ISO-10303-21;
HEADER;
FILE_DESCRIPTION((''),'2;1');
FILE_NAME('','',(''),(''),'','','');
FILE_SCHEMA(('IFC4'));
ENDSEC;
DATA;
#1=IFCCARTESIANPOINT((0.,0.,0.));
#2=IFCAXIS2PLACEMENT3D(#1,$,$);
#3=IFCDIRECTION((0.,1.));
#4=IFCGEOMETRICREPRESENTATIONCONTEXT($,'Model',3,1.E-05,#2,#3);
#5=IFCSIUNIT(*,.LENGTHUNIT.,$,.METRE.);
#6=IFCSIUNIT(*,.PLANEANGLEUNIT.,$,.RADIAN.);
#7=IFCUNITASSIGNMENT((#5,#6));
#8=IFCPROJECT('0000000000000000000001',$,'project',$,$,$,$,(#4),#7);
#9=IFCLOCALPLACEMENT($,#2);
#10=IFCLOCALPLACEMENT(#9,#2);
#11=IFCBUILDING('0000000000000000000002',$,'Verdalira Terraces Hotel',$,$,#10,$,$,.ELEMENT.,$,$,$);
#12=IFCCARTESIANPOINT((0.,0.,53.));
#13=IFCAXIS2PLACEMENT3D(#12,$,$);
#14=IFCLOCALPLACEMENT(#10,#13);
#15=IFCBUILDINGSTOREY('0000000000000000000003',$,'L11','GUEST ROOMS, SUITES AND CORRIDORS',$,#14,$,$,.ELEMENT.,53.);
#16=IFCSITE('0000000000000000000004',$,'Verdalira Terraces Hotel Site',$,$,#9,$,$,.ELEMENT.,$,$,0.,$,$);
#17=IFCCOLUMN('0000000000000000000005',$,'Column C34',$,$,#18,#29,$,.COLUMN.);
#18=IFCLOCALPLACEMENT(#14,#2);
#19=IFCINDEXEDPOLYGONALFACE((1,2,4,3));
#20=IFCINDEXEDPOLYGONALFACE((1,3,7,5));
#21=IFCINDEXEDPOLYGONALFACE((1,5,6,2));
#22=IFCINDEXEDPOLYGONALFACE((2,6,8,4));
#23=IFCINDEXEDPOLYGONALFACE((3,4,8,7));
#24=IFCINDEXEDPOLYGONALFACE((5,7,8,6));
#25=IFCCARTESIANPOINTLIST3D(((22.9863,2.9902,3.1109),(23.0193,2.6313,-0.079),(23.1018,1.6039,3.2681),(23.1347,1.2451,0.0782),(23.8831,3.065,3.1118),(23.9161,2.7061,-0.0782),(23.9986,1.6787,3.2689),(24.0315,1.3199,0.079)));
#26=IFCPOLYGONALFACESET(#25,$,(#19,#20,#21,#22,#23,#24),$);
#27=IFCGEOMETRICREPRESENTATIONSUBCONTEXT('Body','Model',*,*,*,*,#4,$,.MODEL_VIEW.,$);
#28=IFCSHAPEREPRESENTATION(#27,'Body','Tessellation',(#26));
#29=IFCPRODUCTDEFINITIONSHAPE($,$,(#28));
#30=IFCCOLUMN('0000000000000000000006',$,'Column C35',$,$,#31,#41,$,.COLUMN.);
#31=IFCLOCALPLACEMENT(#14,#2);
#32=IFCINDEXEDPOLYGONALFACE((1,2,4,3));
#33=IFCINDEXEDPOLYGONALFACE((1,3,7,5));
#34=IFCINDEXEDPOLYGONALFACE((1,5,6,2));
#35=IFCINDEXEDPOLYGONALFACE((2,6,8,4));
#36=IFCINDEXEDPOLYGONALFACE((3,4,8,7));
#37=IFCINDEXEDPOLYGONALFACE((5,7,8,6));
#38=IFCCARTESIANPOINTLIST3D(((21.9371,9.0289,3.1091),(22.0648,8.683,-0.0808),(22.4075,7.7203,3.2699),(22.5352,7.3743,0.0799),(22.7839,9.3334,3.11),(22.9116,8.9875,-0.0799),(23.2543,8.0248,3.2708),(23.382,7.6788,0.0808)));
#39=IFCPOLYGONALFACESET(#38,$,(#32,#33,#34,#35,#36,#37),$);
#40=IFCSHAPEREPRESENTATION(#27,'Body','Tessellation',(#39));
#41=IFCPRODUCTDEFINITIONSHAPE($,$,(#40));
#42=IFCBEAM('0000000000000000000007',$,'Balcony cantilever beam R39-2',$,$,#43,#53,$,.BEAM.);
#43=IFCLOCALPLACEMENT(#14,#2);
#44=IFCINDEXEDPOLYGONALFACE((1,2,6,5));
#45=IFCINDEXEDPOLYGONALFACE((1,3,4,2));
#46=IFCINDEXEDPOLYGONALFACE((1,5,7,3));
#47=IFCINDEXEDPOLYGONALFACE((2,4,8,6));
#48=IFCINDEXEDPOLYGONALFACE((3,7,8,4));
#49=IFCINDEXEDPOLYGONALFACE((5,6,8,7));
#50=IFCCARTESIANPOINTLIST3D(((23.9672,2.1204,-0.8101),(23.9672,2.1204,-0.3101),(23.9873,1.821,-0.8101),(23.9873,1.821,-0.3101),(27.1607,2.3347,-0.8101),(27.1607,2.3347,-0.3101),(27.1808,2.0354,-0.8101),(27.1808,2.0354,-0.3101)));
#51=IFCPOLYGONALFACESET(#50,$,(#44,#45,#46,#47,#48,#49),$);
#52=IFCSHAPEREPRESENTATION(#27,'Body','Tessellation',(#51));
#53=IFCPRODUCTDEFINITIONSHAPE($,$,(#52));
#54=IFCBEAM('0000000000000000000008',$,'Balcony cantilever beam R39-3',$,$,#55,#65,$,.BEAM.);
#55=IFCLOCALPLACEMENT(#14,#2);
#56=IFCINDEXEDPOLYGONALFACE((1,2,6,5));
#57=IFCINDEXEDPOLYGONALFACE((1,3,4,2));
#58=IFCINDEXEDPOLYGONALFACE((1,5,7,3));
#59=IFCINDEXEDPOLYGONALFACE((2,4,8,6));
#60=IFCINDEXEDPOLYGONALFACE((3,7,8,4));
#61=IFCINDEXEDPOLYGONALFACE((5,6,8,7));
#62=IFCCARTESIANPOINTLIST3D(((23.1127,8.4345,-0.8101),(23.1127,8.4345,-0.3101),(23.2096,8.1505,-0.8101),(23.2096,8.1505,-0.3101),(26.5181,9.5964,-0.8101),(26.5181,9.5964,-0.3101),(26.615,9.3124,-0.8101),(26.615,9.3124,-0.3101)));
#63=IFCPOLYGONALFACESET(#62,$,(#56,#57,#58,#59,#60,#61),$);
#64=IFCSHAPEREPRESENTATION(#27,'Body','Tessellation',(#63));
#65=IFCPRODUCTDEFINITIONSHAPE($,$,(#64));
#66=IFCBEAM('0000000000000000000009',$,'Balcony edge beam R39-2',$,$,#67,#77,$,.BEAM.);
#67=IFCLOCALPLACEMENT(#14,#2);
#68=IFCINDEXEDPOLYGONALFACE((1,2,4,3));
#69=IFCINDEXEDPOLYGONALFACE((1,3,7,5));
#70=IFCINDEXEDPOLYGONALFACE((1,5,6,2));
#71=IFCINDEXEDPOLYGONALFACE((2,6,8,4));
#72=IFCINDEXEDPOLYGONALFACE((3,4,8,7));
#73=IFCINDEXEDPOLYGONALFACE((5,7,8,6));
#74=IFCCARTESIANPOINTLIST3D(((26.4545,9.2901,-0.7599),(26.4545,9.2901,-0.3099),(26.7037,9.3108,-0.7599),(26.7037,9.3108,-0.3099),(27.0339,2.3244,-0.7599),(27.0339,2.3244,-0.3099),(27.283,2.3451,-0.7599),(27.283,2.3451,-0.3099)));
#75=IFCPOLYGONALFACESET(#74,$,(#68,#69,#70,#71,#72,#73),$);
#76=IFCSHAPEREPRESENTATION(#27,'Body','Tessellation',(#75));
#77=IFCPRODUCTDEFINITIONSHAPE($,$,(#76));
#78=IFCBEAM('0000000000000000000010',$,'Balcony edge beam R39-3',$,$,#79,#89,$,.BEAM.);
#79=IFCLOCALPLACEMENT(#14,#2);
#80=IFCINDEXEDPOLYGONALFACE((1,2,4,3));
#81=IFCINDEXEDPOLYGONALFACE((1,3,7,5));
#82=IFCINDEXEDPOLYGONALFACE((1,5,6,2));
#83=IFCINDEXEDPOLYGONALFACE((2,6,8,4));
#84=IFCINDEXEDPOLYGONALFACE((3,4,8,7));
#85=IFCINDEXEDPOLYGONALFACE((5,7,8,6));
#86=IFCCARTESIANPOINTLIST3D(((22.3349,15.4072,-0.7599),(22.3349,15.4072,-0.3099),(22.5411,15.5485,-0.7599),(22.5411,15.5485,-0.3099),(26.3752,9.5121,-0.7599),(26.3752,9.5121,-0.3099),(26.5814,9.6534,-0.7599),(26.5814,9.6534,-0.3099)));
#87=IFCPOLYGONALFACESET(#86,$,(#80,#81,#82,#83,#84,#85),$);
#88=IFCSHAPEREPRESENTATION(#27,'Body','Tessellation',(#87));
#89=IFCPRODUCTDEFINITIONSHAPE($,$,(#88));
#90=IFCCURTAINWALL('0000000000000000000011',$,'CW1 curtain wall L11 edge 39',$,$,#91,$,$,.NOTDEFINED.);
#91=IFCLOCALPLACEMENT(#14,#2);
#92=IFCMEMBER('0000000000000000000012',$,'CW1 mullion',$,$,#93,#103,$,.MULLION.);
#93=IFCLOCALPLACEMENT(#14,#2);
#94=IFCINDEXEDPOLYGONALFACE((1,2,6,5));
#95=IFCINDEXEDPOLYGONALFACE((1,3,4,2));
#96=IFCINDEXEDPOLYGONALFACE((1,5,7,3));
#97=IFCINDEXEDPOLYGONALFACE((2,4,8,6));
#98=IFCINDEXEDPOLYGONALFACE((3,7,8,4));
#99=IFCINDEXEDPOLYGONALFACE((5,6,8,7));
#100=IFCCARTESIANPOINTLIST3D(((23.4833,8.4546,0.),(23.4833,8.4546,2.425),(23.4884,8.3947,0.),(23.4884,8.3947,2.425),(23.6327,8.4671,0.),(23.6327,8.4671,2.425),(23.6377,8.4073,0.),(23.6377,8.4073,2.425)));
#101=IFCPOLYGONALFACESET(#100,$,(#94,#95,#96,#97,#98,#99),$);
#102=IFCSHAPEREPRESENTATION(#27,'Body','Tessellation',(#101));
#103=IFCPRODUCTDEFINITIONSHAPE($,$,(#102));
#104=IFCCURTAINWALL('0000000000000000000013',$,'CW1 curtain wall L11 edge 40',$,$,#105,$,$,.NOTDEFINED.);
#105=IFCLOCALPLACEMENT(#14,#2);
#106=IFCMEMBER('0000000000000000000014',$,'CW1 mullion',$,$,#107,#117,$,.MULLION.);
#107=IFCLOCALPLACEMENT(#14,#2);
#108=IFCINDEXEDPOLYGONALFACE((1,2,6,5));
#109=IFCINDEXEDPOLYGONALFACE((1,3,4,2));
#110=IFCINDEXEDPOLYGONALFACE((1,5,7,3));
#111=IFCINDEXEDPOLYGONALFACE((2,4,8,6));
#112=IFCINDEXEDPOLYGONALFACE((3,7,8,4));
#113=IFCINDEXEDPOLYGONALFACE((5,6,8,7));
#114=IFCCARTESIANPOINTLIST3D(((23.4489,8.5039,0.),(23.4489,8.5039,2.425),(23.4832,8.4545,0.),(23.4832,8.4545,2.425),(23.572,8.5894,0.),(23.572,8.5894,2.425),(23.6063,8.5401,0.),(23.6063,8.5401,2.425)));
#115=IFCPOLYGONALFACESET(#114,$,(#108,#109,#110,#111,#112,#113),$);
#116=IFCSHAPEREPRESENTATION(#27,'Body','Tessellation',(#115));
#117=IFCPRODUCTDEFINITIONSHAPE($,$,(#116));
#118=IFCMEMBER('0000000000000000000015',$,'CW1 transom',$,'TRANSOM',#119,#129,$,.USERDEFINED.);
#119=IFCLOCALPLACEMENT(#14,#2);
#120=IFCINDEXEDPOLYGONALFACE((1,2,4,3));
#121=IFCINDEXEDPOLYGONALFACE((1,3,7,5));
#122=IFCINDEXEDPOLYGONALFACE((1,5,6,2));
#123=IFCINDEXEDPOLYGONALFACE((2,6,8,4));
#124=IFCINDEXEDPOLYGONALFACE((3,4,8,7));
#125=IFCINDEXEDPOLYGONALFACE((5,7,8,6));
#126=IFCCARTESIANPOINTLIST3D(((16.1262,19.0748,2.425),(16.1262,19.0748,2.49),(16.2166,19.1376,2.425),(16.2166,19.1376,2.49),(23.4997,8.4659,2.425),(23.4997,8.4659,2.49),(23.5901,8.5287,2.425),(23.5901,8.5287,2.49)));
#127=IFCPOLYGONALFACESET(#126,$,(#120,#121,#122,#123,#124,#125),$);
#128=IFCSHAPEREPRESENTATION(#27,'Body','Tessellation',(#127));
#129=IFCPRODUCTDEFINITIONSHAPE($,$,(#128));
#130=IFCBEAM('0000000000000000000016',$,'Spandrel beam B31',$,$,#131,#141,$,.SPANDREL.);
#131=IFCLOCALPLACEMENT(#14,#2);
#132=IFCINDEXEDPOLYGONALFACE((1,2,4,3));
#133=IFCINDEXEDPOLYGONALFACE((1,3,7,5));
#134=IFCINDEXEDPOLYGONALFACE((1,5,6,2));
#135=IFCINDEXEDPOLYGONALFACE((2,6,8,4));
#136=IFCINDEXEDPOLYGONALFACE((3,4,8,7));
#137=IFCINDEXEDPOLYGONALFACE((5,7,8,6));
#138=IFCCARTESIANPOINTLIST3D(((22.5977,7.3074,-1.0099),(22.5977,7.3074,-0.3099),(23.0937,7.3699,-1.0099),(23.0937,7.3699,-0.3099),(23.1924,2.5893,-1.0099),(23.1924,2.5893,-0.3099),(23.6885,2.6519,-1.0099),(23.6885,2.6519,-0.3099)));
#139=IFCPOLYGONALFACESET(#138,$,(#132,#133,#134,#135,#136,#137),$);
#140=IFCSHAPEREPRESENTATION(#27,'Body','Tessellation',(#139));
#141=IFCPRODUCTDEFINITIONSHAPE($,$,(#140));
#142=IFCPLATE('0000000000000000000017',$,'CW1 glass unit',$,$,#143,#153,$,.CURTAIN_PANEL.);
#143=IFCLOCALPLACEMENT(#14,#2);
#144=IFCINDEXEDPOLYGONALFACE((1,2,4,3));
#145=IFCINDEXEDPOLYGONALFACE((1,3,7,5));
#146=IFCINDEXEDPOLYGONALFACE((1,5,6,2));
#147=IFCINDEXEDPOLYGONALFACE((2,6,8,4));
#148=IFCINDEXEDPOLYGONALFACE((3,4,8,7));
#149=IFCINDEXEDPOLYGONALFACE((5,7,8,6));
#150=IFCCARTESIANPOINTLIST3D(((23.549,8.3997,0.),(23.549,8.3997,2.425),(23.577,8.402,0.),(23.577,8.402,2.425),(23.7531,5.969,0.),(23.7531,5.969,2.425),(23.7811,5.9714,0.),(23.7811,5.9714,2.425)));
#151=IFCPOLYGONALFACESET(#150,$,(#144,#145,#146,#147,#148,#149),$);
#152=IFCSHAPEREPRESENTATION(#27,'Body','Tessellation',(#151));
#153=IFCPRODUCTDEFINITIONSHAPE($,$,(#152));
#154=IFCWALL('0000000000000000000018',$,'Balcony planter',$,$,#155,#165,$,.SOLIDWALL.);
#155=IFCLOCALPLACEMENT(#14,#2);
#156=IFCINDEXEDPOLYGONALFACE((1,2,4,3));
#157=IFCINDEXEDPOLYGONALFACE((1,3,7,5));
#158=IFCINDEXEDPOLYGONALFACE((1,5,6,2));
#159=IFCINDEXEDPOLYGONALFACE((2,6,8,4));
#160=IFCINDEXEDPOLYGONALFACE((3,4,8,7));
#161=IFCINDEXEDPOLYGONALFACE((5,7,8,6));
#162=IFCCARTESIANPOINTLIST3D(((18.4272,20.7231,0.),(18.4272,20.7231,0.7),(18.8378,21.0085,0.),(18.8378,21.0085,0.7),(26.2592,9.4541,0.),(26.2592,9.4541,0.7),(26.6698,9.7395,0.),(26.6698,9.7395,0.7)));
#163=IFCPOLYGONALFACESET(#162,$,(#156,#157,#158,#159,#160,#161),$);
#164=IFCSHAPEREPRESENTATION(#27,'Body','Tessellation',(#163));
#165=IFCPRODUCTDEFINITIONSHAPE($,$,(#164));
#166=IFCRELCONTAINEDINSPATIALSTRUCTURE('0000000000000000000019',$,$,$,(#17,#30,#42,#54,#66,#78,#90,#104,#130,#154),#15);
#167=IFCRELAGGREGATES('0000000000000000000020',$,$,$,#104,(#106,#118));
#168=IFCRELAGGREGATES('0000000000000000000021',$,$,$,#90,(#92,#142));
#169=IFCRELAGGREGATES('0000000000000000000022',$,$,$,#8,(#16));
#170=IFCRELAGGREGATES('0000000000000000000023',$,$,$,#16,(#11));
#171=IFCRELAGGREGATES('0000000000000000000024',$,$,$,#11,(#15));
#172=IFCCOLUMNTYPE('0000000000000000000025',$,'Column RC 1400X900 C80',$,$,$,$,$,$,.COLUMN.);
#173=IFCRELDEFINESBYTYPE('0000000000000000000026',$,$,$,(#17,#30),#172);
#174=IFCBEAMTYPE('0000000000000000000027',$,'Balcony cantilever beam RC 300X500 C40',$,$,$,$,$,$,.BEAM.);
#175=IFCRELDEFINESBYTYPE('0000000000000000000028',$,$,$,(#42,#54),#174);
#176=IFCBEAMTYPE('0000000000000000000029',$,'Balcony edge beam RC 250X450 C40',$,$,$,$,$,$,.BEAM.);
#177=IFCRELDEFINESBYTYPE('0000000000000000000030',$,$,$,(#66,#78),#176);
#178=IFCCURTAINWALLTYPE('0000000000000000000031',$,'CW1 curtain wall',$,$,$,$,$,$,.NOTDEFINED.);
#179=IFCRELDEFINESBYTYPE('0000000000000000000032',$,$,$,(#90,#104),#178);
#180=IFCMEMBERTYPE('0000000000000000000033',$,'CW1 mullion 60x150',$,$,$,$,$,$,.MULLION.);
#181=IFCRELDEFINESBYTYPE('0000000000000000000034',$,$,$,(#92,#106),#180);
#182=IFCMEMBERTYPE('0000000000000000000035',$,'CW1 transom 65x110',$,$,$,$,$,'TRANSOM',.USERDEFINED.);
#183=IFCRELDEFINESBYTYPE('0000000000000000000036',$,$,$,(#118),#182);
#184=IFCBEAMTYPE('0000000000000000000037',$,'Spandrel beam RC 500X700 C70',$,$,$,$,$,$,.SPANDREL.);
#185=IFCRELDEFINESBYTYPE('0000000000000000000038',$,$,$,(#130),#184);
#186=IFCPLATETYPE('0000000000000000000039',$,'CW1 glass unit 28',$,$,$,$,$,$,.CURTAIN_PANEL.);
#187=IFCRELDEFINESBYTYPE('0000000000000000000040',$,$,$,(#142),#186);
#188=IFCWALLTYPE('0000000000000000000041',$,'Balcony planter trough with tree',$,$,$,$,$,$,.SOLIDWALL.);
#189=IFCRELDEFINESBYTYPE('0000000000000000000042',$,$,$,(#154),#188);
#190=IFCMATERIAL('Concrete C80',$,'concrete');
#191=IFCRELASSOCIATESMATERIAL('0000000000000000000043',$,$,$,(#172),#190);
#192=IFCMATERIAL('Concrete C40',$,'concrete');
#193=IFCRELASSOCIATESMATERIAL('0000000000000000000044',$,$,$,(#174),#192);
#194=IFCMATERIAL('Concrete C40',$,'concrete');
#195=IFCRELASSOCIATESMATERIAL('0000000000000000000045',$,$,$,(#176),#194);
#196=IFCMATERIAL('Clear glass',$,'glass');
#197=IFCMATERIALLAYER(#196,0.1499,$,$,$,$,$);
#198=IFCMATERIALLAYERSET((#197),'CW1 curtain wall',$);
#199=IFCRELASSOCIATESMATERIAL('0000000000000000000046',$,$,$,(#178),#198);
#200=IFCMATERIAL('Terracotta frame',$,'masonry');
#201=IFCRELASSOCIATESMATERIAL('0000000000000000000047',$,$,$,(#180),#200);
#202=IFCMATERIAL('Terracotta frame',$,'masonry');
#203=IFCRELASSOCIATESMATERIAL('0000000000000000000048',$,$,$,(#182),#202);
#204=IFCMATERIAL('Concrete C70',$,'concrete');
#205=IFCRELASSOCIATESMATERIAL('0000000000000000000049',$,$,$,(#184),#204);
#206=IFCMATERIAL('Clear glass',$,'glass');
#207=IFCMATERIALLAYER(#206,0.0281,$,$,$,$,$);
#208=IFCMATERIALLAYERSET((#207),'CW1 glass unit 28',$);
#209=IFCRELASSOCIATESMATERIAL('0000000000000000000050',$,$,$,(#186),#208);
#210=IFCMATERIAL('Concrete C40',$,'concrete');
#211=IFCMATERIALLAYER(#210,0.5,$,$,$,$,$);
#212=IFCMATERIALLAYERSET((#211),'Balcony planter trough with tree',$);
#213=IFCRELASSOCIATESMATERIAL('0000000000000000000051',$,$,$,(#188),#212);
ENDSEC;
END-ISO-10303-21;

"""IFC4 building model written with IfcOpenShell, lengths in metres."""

from ifc_helpers import new_model, si_unit, direction, frame, frame_2d, origin, origin_2d, place, context, subcontext, project, spatial, rectangle, extrude, material, layer, layer_set, material_profile, profile_set, type_object, element, aggregate, save


model = new_model("IFC4")

# Units and contexts
model_context = context("Model", 3, precision=1e-05, world=origin(), true_north=direction((0.0, 1.0)))
body_context = subcontext(model_context, "Body", "Model", "MODEL_VIEW")
ifc_project = project(units=[si_unit("LENGTHUNIT", "METRE"), si_unit("PLANEANGLEUNIT", "RADIAN")], contexts=[model_context])

# Site, building, storey
site_placement = place(None, origin())
site = spatial("IfcSite", under=ifc_project, at=site_placement, Name="Verdalira Terraces Hotel Site", CompositionType="ELEMENT", RefElevation=0.0)
building_placement = place(site_placement, origin())
building = spatial("IfcBuilding", under=site, at=building_placement, Name="Verdalira Terraces Hotel", CompositionType="ELEMENT")
storey_placement = place(building_placement, frame((0.0, 0.0, 53.0)))
storey = spatial("IfcBuildingStorey", under=building, at=storey_placement, Name="L11", Description="GUEST ROOMS, SUITES AND CORRIDORS", CompositionType="ELEMENT", Elevation=53.0)

# Columns
ifc_material_1 = material(Name="Concrete C80", Category="concrete")
ifc_material_profile_1 = material_profile(ifc_material_1, rectangle(XDim=1.3999, YDim=0.8999, at=origin_2d()), Name="RC 1400X900")
ifc_profile_set_1 = profile_set([ifc_material_profile_1], Name="Concrete C80")
column_type = type_object("IfcColumnType", Name="Column RC 1400X900 C80", PredefinedType="COLUMN", material=ifc_profile_set_1)
column_1_placement = place(storey_placement, frame((23.5254, 1.9756, 0.0), z_axis=(-0.010267, 0.111795, 0.993678), x_axis=(-0.082474, 0.99025, -0.112261)))
element("IfcColumn", 1, at=column_1_placement, inside=storey, type_object=column_type, Name="Column C34", PredefinedType="COLUMN", context=body_context, shape_type="SweptSolid", body=[
    extrude(rectangle(XDim=1.3999, YDim=0.8999, at=origin_2d()), origin(), (0.0, 0.0, 1.0), 3.2102),
])
column_2_placement = place(storey_placement, frame((22.7234, 8.1809, 0.0), z_axis=(-0.039763, 0.107732, 0.993384), x_axis=(0.336043, -0.93482, 0.114832)))
element("IfcColumn", 2, at=column_2_placement, inside=storey, type_object=column_type, Name="Column C35", PredefinedType="COLUMN", context=body_context, shape_type="SweptSolid", body=[
    extrude(rectangle(XDim=1.3999, YDim=0.8999, at=origin_2d()), origin(), (0.0, 0.0, 1.0), 3.2112),
])

# Beams
ifc_material_2 = material(Name="Concrete C40", Category="concrete")
ifc_material_profile_2 = material_profile(ifc_material_2, rectangle(XDim=0.3, YDim=0.5, at=origin_2d()), Name="RC 300X500")
ifc_profile_set_2 = profile_set([ifc_material_profile_2], Name="Concrete C40")
beam_type_1 = type_object("IfcBeamType", Name="Balcony cantilever beam RC 300X500 C40", PredefinedType="BEAM", material=ifc_profile_set_2)
beam_1_placement = place(storey_placement, frame((23.9773, 1.9707, -0.5601), z_axis=(0.997755, 0.06697, 0.0), x_axis=(-0.06697, 0.997755, 0.0)))
element("IfcBeam", 3, at=beam_1_placement, inside=storey, type_object=beam_type_1, Name="Balcony cantilever beam R39-2", PredefinedType="BEAM", context=body_context, shape_type="SweptSolid", body=[
    extrude(rectangle(XDim=0.3, YDim=0.5, at=origin_2d()), origin(), (0.0, 0.0, 1.0), 3.2007),
])
beam_2_placement = place(storey_placement, frame((23.1611, 8.2925, -0.5601), z_axis=(0.946427, 0.322917, 0.0), x_axis=(-0.322917, 0.946427, 0.0)))
element("IfcBeam", 4, at=beam_2_placement, inside=storey, type_object=beam_type_1, Name="Balcony cantilever beam R39-3", PredefinedType="BEAM", context=body_context, shape_type="SweptSolid", body=[
    extrude(rectangle(XDim=0.3, YDim=0.5, at=origin_2d()), origin(), (0.0, 0.0, 1.0), 3.5981),
])
ifc_material_3 = material(Name="Concrete C40", Category="concrete")
ifc_material_profile_3 = material_profile(ifc_material_3, rectangle(XDim=0.25, YDim=0.45, at=origin_2d()), Name="RC 250X450")
ifc_profile_set_3 = profile_set([ifc_material_profile_3], Name="Concrete C40")
beam_type_2 = type_object("IfcBeamType", Name="Balcony edge beam RC 250X450 C40", PredefinedType="BEAM", material=ifc_profile_set_3)
beam_3_placement = place(storey_placement, frame((27.1584, 2.3347, -0.5349), z_axis=(-0.082886, 0.996559, 0.0), x_axis=(-0.996559, -0.082886, 0.0)))
element("IfcBeam", 5, at=beam_3_placement, inside=storey, type_object=beam_type_2, Name="Balcony edge beam R39-2", PredefinedType="BEAM", context=body_context, shape_type="SweptSolid", body=[
    extrude(rectangle(XDim=0.25, YDim=0.45, at=origin_2d()), origin(), (0.0, 0.0, 1.0), 6.9897),
])
beam_4_placement = place(storey_placement, frame((26.4783, 9.5828, -0.5349), z_axis=(-0.565336, 0.82486, 0.0), x_axis=(-0.82486, -0.565336, 0.0)))
element("IfcBeam", 6, at=beam_4_placement, inside=storey, type_object=beam_type_2, Name="Balcony edge beam R39-3", PredefinedType="BEAM", context=body_context, shape_type="SweptSolid", body=[
    extrude(rectangle(XDim=0.25, YDim=0.45, at=origin_2d()), origin(), (0.0, 0.0, 1.0), 7.1467),
])

# Curtain wall, member
ifc_material_4 = material(Name="Clear glass", Category="glass")
ifc_layer_1 = layer(ifc_material_4, 0.1499)
ifc_layer_set_1 = layer_set([ifc_layer_1], Name="CW1 curtain wall")
curtain_wall_type = type_object("IfcCurtainWallType", Name="CW1 curtain wall", PredefinedType="NOTDEFINED", material=ifc_layer_set_1)
curtain_wall_1_placement = place(storey_placement, origin())
curtain_wall_1 = element("IfcCurtainWall", 7, at=curtain_wall_1_placement, inside=storey, type_object=curtain_wall_type, Name="CW1 curtain wall L11 edge 39", PredefinedType="NOTDEFINED")
ifc_material_5 = material(Name="Terracotta frame", Category="masonry")
ifc_material_profile_4 = material_profile(ifc_material_5, rectangle(XDim=0.0601, YDim=0.1499, at=origin_2d()), Name="MU 60x150")
ifc_profile_set_4 = profile_set([ifc_material_profile_4], Name="Terracotta frame")
member_type_1 = type_object("IfcMemberType", Name="CW1 mullion 60x150", PredefinedType="MULLION", material=ifc_profile_set_4)
member_1_placement = place(storey_placement, frame((23.5605, 8.4309, 0.0), z_axis=(0.0, 0.0, 1.0), x_axis=(-0.083678, 0.996493, 0.0)))
member_1 = element("IfcMember", 8, at=member_1_placement, type_object=member_type_1, Name="CW1 mullion", PredefinedType="MULLION", context=body_context, shape_type="SweptSolid", body=[
    extrude(rectangle(XDim=0.0601, YDim=0.1499, at=origin_2d()), origin(), (0.0, 0.0, 1.0), 2.425),
])

# Curtain wall, members
curtain_wall_2_placement = place(storey_placement, origin())
curtain_wall_2 = element("IfcCurtainWall", 9, at=curtain_wall_2_placement, inside=storey, type_object=curtain_wall_type, Name="CW1 curtain wall L11 edge 40", PredefinedType="NOTDEFINED")
member_2_placement = place(storey_placement, frame((23.5276, 8.522, 0.0), z_axis=(0.0, 0.0, 1.0), x_axis=(-0.570714, 0.821149, 0.0)))
member_2 = element("IfcMember", 10, at=member_2_placement, type_object=member_type_1, Name="CW1 mullion", PredefinedType="MULLION", context=body_context, shape_type="SweptSolid", body=[
    extrude(rectangle(XDim=0.0601, YDim=0.1499, at=origin_2d()), origin(), (0.0, 0.0, 1.0), 2.425),
])
ifc_material_6 = material(Name="Terracotta frame", Category="masonry")
ifc_material_profile_5 = material_profile(ifc_material_6, rectangle(XDim=0.1101, YDim=0.0649, at=origin_2d()), Name="TR 65x110")
ifc_profile_set_5 = profile_set([ifc_material_profile_5], Name="Terracotta frame")
member_type_2 = type_object("IfcMemberType", Name="CW1 transom 65x110", ElementType="TRANSOM", PredefinedType="USERDEFINED", material=ifc_profile_set_5)
member_3_placement = place(storey_placement, frame((23.5449, 8.4973, 2.4575), z_axis=(-0.570722, 0.821143, 0.0), x_axis=(-0.821143, -0.570722, 0.0)))
member_3 = element("IfcMember", 11, at=member_3_placement, type_object=member_type_2, Name="CW1 transom", ObjectType="TRANSOM", PredefinedType="USERDEFINED", context=body_context, shape_type="SweptSolid", body=[
    extrude(rectangle(XDim=0.1101, YDim=0.0649, at=origin_2d()), origin(), (0.0, 0.0, 1.0), 12.9197),
])
aggregate(curtain_wall_2, [member_2, member_3])

# Beam
ifc_material_7 = material(Name="Concrete C70", Category="concrete")
ifc_material_profile_6 = material_profile(ifc_material_7, rectangle(XDim=0.5, YDim=0.7, at=origin_2d()), Name="RC 500X700")
ifc_profile_set_6 = profile_set([ifc_material_profile_6], Name="Concrete C70")
beam_type_3 = type_object("IfcBeamType", Name="Spandrel beam RC 500X700 C70", PredefinedType="SPANDREL", material=ifc_profile_set_6)
beam_5_placement = place(storey_placement, frame((23.4404, 2.6206, -0.6599), z_axis=(-0.125065, 0.992149, 0.0), x_axis=(-0.992149, -0.125065, 0.0)))
element("IfcBeam", 12, at=beam_5_placement, inside=storey, type_object=beam_type_3, Name="Spandrel beam B31", PredefinedType="SPANDREL", context=body_context, shape_type="SweptSolid", body=[
    extrude(rectangle(XDim=0.5, YDim=0.7, at=origin_2d()), origin(), (0.0, 0.0, 1.0), 4.7554),
])

# Plate
ifc_material_8 = material(Name="Clear glass", Category="glass")
ifc_layer_2 = layer(ifc_material_8, 0.0281)
ifc_layer_set_2 = layer_set([ifc_layer_2], Name="CW1 glass unit 28")
plate_type = type_object("IfcPlateType", Name="CW1 glass unit 28", PredefinedType="CURTAIN_PANEL", material=ifc_layer_set_2)
plate_placement = place(storey_placement, frame((23.665, 7.1855, 0.0), z_axis=(0.0, 0.0, 1.0), x_axis=(-0.083678, 0.996493, 0.0)))
plate = element("IfcPlate", 13, at=plate_placement, type_object=plate_type, Name="CW1 glass unit", PredefinedType="CURTAIN_PANEL", context=body_context, shape_type="SweptSolid", body=[
    extrude(rectangle(XDim=2.4392, YDim=0.0281, at=origin_2d()), origin(), (0.0, 0.0, 1.0), 2.425),
])
aggregate(curtain_wall_1, [member_1, plate])

# Wall
ifc_material_9 = material(Name="Concrete C40", Category="concrete")
ifc_layer_3 = layer(ifc_material_9, 0.5)
ifc_layer_set_3 = layer_set([ifc_layer_3], Name="Balcony planter trough with tree")
wall_type_1 = type_object("IfcWallType", Name="Balcony planter trough with tree", PredefinedType="SOLIDWALL", material=ifc_layer_set_3)
wall_1_placement = place(storey_placement, frame((26.4646, 9.5967, 0.0), z_axis=(0.0, 0.0, 1.0), x_axis=(-0.570706, 0.821155, 0.0)))
element("IfcWall", 14, at=wall_1_placement, inside=storey, type_object=wall_type_1, Name="Balcony planter", PredefinedType="SOLIDWALL", context=body_context, shape_type="SweptSolid", body=[
    extrude(rectangle(XDim=13.7234, YDim=0.5, at=frame_2d((6.8618, 0.0))), origin(), (0.0, 0.0, 1.0), 0.7),
])

save(model, "model.ifc")
